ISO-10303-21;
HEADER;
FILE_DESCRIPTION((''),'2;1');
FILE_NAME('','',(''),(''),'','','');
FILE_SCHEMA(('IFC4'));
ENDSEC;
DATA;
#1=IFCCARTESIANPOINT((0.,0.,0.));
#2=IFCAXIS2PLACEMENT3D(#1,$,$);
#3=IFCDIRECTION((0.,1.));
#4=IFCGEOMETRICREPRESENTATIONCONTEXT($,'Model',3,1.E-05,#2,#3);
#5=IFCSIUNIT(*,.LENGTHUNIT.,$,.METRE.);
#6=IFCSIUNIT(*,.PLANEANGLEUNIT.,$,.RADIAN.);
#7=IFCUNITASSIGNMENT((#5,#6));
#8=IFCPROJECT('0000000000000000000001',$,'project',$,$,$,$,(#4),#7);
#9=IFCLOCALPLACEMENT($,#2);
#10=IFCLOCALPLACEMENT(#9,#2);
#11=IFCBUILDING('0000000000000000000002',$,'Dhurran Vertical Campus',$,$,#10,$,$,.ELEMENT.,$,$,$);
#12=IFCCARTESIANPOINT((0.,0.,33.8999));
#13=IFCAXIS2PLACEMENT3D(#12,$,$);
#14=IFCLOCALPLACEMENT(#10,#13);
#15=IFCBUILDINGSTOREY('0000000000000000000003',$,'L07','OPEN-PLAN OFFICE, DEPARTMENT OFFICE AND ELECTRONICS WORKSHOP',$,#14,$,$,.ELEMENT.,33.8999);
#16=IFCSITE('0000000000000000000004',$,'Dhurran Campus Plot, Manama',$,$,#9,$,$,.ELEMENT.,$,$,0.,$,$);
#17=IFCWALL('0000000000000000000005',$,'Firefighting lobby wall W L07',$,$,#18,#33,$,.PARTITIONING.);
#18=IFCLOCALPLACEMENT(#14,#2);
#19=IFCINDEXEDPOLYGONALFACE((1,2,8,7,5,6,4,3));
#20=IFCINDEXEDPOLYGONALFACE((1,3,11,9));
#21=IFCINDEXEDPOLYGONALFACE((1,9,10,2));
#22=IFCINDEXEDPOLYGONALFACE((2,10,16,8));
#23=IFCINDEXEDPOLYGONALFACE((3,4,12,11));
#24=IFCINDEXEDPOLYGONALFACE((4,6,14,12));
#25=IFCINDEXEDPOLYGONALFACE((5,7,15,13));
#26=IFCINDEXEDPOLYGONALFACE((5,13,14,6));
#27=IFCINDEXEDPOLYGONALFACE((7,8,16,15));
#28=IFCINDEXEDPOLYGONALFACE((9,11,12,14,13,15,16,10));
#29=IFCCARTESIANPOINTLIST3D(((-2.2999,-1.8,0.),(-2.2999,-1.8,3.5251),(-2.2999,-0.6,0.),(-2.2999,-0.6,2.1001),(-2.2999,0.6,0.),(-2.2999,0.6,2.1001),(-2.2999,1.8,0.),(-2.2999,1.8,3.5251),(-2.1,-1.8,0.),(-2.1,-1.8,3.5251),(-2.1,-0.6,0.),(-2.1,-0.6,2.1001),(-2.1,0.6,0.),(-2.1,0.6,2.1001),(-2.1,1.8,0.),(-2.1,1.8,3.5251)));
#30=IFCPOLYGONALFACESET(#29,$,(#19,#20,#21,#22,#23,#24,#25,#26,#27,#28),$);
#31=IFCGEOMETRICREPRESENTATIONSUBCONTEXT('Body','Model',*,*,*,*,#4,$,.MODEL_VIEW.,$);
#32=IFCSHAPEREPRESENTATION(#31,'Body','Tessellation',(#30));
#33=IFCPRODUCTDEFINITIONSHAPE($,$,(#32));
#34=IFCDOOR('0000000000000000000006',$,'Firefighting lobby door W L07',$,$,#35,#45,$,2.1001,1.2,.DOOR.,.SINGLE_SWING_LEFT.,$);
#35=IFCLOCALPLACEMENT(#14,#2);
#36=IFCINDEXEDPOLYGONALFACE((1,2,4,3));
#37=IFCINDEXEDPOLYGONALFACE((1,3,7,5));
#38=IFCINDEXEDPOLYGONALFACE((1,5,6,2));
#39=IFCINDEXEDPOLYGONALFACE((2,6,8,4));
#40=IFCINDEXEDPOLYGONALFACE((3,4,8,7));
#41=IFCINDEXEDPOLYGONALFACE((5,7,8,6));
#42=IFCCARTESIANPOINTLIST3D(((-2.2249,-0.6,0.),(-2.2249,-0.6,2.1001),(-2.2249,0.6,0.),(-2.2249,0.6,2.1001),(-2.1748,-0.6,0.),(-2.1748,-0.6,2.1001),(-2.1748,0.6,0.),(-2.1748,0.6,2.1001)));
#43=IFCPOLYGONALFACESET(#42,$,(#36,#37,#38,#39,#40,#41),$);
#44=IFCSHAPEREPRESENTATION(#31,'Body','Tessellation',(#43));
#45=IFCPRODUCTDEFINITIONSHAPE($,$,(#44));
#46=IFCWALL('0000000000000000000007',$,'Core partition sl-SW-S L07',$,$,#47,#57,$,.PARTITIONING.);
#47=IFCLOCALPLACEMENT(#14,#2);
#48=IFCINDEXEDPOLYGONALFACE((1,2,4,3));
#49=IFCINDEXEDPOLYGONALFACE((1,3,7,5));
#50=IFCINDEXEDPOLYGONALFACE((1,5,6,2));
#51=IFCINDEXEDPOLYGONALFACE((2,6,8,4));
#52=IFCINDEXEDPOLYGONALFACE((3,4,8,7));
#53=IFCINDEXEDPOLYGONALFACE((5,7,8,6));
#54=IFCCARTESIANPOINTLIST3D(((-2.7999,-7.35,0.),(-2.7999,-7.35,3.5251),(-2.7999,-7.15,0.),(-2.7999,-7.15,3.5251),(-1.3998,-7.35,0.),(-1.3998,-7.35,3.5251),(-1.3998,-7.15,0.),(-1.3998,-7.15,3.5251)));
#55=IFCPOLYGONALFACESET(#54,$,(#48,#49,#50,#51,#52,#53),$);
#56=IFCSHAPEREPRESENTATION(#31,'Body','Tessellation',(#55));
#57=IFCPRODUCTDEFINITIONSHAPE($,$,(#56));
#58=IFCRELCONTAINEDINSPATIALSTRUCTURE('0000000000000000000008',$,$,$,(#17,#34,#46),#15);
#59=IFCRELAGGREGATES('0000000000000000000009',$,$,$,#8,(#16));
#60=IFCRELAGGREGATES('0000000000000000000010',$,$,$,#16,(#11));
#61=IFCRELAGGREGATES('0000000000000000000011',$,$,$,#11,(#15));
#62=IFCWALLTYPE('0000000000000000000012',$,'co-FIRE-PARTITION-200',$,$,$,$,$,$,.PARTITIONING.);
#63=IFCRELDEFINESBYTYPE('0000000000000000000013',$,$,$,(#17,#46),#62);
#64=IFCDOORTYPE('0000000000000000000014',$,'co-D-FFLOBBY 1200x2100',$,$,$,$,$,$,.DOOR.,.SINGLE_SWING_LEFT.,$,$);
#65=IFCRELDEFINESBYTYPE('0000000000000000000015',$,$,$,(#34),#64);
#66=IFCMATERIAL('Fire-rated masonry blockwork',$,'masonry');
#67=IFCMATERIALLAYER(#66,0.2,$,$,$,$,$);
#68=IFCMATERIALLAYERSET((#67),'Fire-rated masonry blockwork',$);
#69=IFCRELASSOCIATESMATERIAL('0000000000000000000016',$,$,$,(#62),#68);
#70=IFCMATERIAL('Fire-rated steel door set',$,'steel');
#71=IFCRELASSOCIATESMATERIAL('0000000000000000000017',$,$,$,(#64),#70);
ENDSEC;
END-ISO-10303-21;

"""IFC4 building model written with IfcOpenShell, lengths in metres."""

from ifc_helpers import new_model, si_unit, direction, frame, frame_2d, origin, place, context, subcontext, project, spatial, rectangle, extrude, material, layer, layer_set, type_object, element, fill, save


model = new_model("IFC4")

# Units and contexts
model_context = context("Model", 3, precision=1e-05, world=origin(), true_north=direction((0.0, 1.0)))
body_context = subcontext(model_context, "Body", "Model", "MODEL_VIEW")
ifc_project = project(units=[si_unit("LENGTHUNIT", "METRE"), si_unit("PLANEANGLEUNIT", "RADIAN")], contexts=[model_context])

# Site, building, storey
site_placement = place(None, origin())
site = spatial("IfcSite", under=ifc_project, at=site_placement, Name="Dhurran Campus Plot, Manama", CompositionType="ELEMENT", RefElevation=0.0)
building_placement = place(site_placement, origin())
building = spatial("IfcBuilding", under=site, at=building_placement, Name="Dhurran Vertical Campus", CompositionType="ELEMENT")
storey_placement = place(building_placement, frame((0.0, 0.0, 33.8999)))
storey = spatial("IfcBuildingStorey", under=building, at=storey_placement, Name="L07", Description="OPEN-PLAN OFFICE, DEPARTMENT OFFICE AND ELECTRONICS WORKSHOP", CompositionType="ELEMENT", Elevation=33.8999)

# Wall, opening, door
ifc_material_1 = material(Name="Fire-rated masonry blockwork", Category="masonry")
ifc_layer_1 = layer(ifc_material_1, 0.2)
ifc_layer_set_1 = layer_set([ifc_layer_1], Name="Fire-rated masonry blockwork")
wall_type_1 = type_object("IfcWallType", Name="co-FIRE-PARTITION-200", PredefinedType="PARTITIONING", material=ifc_layer_set_1)
wall_1_placement = place(storey_placement, frame((-2.2, -1.8, 0.0), z_axis=(0.0, 0.0, 1.0), x_axis=(0.0, 1.0, 0.0)))
wall_1 = element("IfcWall", 1, at=wall_1_placement, inside=storey, type_object=wall_type_1, Name="Firefighting lobby wall W L07", PredefinedType="PARTITIONING", context=body_context, shape_type="SweptSolid", body=[
    extrude(rectangle(XDim=3.6001, YDim=0.2, at=frame_2d((1.8, 0.0))), origin(), (0.0, 0.0, 1.0), 3.5251),
])
opening_1_placement = place(wall_1_placement, frame((1.2, 0.0, 0.0)))
opening_1 = element("IfcOpeningElement", 2, at=opening_1_placement, cuts=wall_1, PredefinedType="OPENING", context=body_context, shape_type="SweptSolid", body=[
    extrude(rectangle(XDim=1.2, YDim=2.1001, at=frame_2d((0.6001, 1.05))), frame((0.0, 0.1099, 0.0), z_axis=(0.0, -1.0, 0.0), x_axis=(1.0, 0.0, 0.0)), (0.0, 0.0, 1.0), 0.22),
])
ifc_material_2 = material(Name="Fire-rated steel door set", Category="steel")
door_type_1 = type_object("IfcDoorType", Name="co-D-FFLOBBY 1200x2100", OperationType="SINGLE_SWING_LEFT", PredefinedType="DOOR", material=ifc_material_2)
door_1_placement = place(opening_1_placement, origin())
door_1 = element("IfcDoor", 3, at=door_1_placement, inside=storey, type_object=door_type_1, Name="Firefighting lobby door W L07", OperationType="SINGLE_SWING_LEFT", OverallHeight=2.1001, OverallWidth=1.2, PredefinedType="DOOR", context=body_context, shape_type="SweptSolid", body=[
    extrude(rectangle(XDim=1.2, YDim=2.1001, at=frame_2d((0.6001, 1.05))), frame((0.0, 0.0249, 0.0), z_axis=(0.0, -1.0, 0.0), x_axis=(1.0, 0.0, 0.0)), (0.0, 0.0, 1.0), 0.05),
])
fill(opening_1, door_1)

# Wall
wall_2_placement = place(storey_placement, frame((-2.8, -7.25, 0.0), z_axis=(0.0, 0.0, 1.0), x_axis=(1.0, 0.0, 0.0)))
element("IfcWall", 4, at=wall_2_placement, inside=storey, type_object=wall_type_1, Name="Core partition sl-SW-S L07", PredefinedType="PARTITIONING", context=body_context, shape_type="SweptSolid", body=[
    extrude(rectangle(XDim=1.4001, YDim=0.2, at=frame_2d((0.7002, 0.0))), origin(), (0.0, 0.0, 1.0), 3.5251),
])

save(model, "model.ifc")
